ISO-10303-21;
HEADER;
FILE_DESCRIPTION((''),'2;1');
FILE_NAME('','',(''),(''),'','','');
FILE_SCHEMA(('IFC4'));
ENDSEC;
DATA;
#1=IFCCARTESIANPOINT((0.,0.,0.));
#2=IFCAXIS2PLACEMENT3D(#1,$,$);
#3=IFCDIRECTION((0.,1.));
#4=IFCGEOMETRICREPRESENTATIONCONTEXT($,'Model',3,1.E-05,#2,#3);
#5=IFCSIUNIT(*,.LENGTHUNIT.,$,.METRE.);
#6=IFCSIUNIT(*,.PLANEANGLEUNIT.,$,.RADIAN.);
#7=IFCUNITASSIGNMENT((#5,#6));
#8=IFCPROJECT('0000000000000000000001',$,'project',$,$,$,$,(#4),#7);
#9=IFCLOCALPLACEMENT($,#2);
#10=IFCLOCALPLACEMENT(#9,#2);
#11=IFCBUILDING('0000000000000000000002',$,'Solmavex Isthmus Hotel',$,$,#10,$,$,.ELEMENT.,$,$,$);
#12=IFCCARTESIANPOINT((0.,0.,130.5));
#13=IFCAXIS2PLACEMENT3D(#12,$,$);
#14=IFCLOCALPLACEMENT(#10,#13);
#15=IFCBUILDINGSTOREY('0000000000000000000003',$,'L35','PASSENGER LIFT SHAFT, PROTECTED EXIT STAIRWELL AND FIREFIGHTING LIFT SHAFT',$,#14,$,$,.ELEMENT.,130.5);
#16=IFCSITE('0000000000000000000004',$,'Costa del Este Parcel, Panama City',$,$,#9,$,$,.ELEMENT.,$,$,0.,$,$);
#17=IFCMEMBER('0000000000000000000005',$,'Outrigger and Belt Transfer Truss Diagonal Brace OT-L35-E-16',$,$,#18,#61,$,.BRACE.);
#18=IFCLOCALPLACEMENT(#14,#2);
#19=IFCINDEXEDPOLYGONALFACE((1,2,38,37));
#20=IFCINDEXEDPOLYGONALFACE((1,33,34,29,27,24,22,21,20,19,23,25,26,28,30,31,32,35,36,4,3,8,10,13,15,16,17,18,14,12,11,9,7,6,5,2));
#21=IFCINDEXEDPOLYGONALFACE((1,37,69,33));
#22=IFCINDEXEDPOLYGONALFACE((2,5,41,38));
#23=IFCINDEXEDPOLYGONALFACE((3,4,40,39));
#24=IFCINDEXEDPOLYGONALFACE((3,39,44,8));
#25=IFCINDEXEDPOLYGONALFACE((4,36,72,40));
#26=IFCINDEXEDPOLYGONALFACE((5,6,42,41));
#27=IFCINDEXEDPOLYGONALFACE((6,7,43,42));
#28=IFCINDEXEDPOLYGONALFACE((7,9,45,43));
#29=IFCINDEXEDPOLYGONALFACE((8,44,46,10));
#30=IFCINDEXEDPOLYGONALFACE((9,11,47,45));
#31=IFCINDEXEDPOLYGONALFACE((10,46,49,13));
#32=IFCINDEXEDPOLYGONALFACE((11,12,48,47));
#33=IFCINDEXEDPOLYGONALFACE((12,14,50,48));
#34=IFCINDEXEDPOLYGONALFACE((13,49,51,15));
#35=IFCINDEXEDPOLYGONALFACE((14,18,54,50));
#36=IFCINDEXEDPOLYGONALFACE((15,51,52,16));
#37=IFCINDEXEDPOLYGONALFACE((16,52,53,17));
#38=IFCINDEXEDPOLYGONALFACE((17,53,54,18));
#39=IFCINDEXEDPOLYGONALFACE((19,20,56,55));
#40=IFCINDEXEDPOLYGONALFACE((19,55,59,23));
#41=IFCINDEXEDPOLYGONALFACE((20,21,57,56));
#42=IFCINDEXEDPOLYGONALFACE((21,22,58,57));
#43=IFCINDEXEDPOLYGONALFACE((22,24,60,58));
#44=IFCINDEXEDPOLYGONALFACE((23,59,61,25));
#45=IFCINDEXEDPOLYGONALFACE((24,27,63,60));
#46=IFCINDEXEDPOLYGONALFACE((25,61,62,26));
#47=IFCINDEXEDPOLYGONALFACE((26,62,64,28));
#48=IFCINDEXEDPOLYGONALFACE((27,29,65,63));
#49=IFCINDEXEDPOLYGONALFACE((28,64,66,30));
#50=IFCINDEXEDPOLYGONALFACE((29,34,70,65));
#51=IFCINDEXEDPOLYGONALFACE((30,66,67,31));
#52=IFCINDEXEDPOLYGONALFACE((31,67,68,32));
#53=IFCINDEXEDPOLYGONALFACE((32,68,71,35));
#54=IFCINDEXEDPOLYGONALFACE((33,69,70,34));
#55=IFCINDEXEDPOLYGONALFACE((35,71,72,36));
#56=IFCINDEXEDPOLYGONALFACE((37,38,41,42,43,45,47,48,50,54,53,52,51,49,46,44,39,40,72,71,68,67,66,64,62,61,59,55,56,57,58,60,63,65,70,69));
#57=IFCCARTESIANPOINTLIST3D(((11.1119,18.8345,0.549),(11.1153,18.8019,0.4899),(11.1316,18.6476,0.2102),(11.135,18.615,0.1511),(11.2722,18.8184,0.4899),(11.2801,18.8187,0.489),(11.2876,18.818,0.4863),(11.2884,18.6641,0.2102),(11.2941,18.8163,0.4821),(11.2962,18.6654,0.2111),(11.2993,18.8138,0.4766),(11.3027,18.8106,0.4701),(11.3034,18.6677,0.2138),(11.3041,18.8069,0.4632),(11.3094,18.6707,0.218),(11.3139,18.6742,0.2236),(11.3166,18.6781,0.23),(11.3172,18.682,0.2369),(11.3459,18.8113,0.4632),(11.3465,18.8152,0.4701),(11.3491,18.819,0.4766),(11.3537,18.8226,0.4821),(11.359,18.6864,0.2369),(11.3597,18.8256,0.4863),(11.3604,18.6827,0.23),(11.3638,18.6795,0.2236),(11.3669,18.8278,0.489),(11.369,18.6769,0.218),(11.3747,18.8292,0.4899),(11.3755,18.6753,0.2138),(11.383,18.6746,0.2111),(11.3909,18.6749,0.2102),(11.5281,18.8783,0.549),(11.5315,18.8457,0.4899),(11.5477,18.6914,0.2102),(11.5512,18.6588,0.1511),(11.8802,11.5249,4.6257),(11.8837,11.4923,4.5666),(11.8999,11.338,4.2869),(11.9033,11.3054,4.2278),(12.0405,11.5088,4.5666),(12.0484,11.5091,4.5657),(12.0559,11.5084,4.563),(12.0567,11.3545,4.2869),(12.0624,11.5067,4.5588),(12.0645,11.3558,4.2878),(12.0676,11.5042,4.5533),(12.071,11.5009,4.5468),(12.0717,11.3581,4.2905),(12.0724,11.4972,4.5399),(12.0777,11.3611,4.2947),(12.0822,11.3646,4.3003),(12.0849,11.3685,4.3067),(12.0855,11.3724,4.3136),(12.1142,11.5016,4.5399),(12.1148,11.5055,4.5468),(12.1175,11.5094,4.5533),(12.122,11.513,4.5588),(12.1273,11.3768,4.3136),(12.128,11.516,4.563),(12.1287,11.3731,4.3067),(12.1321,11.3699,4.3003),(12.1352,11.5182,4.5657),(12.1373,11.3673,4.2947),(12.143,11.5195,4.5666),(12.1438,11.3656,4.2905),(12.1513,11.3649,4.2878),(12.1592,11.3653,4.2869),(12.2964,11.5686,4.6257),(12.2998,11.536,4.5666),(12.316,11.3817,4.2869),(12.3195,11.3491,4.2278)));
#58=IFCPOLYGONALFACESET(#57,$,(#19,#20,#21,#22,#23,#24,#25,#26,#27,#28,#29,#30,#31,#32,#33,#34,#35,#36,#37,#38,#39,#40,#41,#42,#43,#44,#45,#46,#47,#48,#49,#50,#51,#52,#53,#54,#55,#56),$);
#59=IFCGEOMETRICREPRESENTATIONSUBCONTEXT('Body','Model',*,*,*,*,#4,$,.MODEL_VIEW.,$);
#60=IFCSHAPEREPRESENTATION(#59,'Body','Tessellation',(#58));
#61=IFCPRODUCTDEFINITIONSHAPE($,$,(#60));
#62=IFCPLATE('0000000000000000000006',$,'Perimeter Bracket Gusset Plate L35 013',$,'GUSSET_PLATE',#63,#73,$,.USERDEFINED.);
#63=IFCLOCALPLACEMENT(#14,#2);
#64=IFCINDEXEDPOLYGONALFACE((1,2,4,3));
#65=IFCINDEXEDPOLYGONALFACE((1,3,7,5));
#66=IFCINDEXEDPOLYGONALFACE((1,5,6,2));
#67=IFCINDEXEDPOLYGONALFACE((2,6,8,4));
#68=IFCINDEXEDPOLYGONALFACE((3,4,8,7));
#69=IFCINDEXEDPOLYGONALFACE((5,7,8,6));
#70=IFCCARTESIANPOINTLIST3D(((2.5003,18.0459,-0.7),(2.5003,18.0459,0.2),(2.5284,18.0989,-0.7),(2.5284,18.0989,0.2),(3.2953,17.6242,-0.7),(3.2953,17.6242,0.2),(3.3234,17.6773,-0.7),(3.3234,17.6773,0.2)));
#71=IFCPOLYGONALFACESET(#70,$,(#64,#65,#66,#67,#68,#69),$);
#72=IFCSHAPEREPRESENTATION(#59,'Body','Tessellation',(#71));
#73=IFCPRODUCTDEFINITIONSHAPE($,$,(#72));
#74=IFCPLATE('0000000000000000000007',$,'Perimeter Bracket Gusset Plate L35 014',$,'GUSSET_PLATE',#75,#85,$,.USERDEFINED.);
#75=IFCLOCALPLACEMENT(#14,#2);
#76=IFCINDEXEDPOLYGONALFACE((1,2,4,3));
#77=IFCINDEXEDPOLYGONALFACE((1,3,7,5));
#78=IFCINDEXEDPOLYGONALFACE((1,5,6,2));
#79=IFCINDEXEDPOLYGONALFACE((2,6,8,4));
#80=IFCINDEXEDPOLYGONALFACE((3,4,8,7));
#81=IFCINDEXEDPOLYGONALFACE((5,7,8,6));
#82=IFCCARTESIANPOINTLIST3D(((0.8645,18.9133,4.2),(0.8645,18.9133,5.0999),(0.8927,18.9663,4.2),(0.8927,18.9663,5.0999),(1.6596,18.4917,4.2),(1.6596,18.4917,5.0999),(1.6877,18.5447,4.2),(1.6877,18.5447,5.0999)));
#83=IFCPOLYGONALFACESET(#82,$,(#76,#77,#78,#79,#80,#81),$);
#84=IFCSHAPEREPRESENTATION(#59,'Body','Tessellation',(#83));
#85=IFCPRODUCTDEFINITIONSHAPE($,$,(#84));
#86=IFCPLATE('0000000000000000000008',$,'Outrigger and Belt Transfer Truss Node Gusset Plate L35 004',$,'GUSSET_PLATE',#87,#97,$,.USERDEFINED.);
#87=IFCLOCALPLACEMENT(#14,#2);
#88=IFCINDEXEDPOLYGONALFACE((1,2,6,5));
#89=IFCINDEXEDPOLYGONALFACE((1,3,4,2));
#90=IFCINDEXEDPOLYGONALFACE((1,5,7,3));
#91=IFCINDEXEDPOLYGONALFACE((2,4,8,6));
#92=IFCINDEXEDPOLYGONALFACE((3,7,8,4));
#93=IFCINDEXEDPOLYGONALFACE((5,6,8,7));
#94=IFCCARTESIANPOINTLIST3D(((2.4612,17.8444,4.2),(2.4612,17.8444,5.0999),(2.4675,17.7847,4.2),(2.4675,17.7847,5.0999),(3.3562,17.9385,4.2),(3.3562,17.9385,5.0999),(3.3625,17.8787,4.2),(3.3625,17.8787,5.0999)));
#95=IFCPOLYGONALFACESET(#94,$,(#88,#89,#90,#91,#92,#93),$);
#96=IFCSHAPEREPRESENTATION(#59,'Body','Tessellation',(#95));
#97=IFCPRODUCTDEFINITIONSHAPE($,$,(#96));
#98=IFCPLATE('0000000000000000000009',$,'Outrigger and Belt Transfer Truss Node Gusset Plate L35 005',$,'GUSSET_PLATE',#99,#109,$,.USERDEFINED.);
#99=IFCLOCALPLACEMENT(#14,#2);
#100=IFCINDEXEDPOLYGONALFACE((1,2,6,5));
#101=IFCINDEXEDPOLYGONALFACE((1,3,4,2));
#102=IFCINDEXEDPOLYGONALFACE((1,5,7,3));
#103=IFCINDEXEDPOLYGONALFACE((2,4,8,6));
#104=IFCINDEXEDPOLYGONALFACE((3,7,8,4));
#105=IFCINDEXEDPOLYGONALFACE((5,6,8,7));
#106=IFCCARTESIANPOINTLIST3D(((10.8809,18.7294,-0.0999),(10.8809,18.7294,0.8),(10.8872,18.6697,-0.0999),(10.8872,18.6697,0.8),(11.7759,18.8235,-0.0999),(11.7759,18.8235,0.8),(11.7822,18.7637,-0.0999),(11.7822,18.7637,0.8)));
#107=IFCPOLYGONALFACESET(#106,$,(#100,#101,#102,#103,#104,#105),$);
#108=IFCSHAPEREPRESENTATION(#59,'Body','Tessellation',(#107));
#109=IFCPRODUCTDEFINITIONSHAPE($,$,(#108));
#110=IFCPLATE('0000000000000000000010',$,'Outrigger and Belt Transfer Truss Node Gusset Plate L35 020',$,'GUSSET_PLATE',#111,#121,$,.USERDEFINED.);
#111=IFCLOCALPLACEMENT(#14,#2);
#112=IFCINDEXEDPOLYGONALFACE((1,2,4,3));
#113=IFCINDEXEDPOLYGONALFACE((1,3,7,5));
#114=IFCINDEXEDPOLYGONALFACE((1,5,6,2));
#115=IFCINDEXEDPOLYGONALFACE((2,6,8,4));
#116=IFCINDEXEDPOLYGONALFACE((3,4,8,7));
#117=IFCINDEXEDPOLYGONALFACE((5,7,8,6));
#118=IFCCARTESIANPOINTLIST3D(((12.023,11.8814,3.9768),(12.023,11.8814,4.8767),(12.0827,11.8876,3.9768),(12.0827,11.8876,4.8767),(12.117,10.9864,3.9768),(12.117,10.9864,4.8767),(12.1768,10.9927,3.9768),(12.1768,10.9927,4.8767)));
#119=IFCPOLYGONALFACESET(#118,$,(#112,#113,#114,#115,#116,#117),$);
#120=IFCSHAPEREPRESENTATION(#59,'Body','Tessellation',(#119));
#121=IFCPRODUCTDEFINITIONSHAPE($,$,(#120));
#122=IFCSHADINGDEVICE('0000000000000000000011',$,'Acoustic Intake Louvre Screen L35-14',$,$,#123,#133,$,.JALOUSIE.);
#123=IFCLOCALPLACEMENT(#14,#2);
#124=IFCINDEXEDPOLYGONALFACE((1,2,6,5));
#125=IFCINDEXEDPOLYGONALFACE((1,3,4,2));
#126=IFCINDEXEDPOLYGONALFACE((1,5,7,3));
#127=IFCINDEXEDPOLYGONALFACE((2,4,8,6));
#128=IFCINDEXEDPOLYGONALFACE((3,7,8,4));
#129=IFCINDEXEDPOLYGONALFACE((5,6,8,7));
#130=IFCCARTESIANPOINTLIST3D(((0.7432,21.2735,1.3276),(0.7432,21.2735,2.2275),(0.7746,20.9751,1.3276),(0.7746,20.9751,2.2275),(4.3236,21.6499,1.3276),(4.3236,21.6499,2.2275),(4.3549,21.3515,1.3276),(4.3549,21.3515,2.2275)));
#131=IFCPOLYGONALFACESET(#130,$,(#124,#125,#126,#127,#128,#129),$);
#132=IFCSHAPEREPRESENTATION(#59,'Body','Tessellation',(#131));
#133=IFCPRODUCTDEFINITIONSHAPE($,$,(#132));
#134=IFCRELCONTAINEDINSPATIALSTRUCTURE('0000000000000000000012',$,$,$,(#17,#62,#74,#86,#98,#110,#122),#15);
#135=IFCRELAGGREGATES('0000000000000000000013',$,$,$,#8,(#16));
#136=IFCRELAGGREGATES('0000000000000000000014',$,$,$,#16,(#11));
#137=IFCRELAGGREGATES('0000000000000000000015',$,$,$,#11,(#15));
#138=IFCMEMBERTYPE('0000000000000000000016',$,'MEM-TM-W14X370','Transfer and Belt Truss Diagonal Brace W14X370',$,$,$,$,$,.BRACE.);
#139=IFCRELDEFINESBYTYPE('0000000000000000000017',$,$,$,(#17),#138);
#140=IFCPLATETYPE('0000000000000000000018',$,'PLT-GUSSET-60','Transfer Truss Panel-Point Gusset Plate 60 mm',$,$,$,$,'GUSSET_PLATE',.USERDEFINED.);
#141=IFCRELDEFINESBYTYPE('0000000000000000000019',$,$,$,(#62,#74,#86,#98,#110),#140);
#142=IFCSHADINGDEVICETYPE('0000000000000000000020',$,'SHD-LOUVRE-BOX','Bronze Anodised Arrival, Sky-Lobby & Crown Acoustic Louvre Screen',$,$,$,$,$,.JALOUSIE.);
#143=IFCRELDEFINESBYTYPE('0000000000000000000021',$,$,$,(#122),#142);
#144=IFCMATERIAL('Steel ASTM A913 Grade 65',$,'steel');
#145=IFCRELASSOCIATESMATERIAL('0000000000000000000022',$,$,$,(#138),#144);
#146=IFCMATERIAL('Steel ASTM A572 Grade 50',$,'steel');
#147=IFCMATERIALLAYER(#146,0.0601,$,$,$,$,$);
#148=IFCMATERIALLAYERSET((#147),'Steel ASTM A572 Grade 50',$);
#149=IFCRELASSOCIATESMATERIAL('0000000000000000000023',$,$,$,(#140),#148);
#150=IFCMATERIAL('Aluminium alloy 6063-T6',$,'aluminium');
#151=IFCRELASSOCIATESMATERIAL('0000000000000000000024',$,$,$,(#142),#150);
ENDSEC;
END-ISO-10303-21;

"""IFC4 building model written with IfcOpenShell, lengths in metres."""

from ifc_helpers import new_model, si_unit, direction, frame, origin, origin_2d, place, context, subcontext, project, spatial, rectangle, i_section, extrude, material, layer, layer_set, material_profile, profile_set, type_object, element, save


model = new_model("IFC4")

# Units and contexts
model_context = context("Model", 3, precision=1e-05, world=origin(), true_north=direction((0.0, 1.0)))
body_context = subcontext(model_context, "Body", "Model", "MODEL_VIEW")
ifc_project = project(units=[si_unit("LENGTHUNIT", "METRE"), si_unit("PLANEANGLEUNIT", "RADIAN")], contexts=[model_context])

# Site, building, storey
site_placement = place(None, origin())
site = spatial("IfcSite", under=ifc_project, at=site_placement, Name="Costa del Este Parcel, Panama City", CompositionType="ELEMENT", RefElevation=0.0)
building_placement = place(site_placement, origin())
building = spatial("IfcBuilding", under=site, at=building_placement, Name="Solmavex Isthmus Hotel", CompositionType="ELEMENT")
storey_placement = place(building_placement, frame((0.0, 0.0, 130.5)))
storey = spatial("IfcBuildingStorey", under=building, at=storey_placement, Name="L35", Description="PASSENGER LIFT SHAFT, PROTECTED EXIT STAIRWELL AND FIREFIGHTING LIFT SHAFT", CompositionType="ELEMENT", Elevation=130.5)

# Shared definitions
ifc_material_1 = material(Name="Steel ASTM A913 Grade 65", Category="steel")

# Member
ifc_material_profile_1 = material_profile(ifc_material_1, i_section(OverallWidth=0.4185, OverallDepth=0.4551, WebThickness=0.042, FlangeThickness=0.0676, FilletRadius=0.0305, at=origin_2d()), Name="W14X370")
ifc_profile_set_1 = profile_set([ifc_material_profile_1], Name="Steel ASTM A913 Grade 65")
member_type_1 = type_object("IfcMemberType", Name="MEM-TM-W14X370", Description="Transfer and Belt Truss Diagonal Brace W14X370", PredefinedType="BRACE", material=ifc_profile_set_1)
member_1_placement = place(storey_placement, frame((12.0999, 11.437, 4.4268), z_axis=(-0.091414, 0.869699, -0.485044), x_axis=(-0.994521, -0.104534, 0.0)))
element("IfcMember", 1, at=member_1_placement, inside=storey, type_object=member_type_1, Name="Outrigger and Belt Transfer Truss Diagonal Brace OT-L35-E-16", PredefinedType="BRACE", context=body_context, shape_type="SweptSolid", body=[
    extrude(i_section(OverallWidth=0.4185, OverallDepth=0.4551, WebThickness=0.042, FlangeThickness=0.0676, FilletRadius=0.0305, at=origin_2d()), origin(), (0.0, 0.0, 1.0), 8.4048),
])

# Plates
ifc_material_2 = material(Name="Steel ASTM A572 Grade 50", Category="steel")
ifc_layer = layer(ifc_material_2, 0.0601)
ifc_layer_set = layer_set([ifc_layer], Name="Steel ASTM A572 Grade 50")
plate_type = type_object("IfcPlateType", Name="PLT-GUSSET-60", Description="Transfer Truss Panel-Point Gusset Plate 60 mm", ElementType="GUSSET_PLATE", PredefinedType="USERDEFINED", material=ifc_layer_set)
for number, where, z_axis, x_axis, name in (
    (2, (2.9119, 17.8616, -0.7), (0.0, 0.0, 1.0), (-0.883447, 0.468531, 0.0), "Perimeter Bracket Gusset Plate L35 013"),
    (3, (1.2761, 18.729, 4.2), (0.0, 0.0, 1.0), (-0.883447, 0.468531, 0.0), "Perimeter Bracket Gusset Plate L35 014"),
    (4, (2.9119, 17.8616, 4.2), (0.0, 0.0, 1.0), (0.994522, 0.104528, 0.0), "Outrigger and Belt Transfer Truss Node Gusset Plate L35 004"),
    (5, (11.3315, 18.7466, -0.0999), (0.0, 0.0, 1.0), (0.994522, 0.104528, 0.0), "Outrigger and Belt Transfer Truss Node Gusset Plate L35 005"),
    (6, (12.0999, 11.437, 3.9768), (0.0, 0.0, 1.0), (-0.104528, 0.994522, 0.0), "Outrigger and Belt Transfer Truss Node Gusset Plate L35 020"),
):
    element("IfcPlate", number, at=place(storey_placement, frame(where, z_axis=z_axis, x_axis=x_axis)), inside=storey, type_object=plate_type, Name=name, ObjectType="GUSSET_PLATE", PredefinedType="USERDEFINED", context=body_context, shape_type="SweptSolid", body=[
        extrude(rectangle(XDim=0.8999, YDim=0.0601, at=origin_2d()), origin(), (0.0, 0.0, 1.0), 0.8999),
    ])

# Shading device
ifc_material_3 = material(Name="Aluminium alloy 6063-T6", Category="aluminium")
shading_device_type = type_object("IfcShadingDeviceType", Name="SHD-LOUVRE-BOX", Description="Bronze Anodised Arrival, Sky-Lobby & Crown Acoustic Louvre Screen", PredefinedType="JALOUSIE", material=ifc_material_3)
shading_device_placement = place(storey_placement, frame((2.5491, 21.3125, 1.3276), z_axis=(0.0, 0.0, 1.0), x_axis=(0.994522, 0.104528, 0.0)))
element("IfcShadingDevice", 7, at=shading_device_placement, inside=storey, type_object=shading_device_type, Name="Acoustic Intake Louvre Screen L35-14", PredefinedType="JALOUSIE", context=body_context, shape_type="SweptSolid", body=[
    extrude(rectangle(XDim=3.6001, YDim=0.3, at=origin_2d()), origin(), (0.0, 0.0, 1.0), 0.8999),
])

save(model, "model.ifc")
